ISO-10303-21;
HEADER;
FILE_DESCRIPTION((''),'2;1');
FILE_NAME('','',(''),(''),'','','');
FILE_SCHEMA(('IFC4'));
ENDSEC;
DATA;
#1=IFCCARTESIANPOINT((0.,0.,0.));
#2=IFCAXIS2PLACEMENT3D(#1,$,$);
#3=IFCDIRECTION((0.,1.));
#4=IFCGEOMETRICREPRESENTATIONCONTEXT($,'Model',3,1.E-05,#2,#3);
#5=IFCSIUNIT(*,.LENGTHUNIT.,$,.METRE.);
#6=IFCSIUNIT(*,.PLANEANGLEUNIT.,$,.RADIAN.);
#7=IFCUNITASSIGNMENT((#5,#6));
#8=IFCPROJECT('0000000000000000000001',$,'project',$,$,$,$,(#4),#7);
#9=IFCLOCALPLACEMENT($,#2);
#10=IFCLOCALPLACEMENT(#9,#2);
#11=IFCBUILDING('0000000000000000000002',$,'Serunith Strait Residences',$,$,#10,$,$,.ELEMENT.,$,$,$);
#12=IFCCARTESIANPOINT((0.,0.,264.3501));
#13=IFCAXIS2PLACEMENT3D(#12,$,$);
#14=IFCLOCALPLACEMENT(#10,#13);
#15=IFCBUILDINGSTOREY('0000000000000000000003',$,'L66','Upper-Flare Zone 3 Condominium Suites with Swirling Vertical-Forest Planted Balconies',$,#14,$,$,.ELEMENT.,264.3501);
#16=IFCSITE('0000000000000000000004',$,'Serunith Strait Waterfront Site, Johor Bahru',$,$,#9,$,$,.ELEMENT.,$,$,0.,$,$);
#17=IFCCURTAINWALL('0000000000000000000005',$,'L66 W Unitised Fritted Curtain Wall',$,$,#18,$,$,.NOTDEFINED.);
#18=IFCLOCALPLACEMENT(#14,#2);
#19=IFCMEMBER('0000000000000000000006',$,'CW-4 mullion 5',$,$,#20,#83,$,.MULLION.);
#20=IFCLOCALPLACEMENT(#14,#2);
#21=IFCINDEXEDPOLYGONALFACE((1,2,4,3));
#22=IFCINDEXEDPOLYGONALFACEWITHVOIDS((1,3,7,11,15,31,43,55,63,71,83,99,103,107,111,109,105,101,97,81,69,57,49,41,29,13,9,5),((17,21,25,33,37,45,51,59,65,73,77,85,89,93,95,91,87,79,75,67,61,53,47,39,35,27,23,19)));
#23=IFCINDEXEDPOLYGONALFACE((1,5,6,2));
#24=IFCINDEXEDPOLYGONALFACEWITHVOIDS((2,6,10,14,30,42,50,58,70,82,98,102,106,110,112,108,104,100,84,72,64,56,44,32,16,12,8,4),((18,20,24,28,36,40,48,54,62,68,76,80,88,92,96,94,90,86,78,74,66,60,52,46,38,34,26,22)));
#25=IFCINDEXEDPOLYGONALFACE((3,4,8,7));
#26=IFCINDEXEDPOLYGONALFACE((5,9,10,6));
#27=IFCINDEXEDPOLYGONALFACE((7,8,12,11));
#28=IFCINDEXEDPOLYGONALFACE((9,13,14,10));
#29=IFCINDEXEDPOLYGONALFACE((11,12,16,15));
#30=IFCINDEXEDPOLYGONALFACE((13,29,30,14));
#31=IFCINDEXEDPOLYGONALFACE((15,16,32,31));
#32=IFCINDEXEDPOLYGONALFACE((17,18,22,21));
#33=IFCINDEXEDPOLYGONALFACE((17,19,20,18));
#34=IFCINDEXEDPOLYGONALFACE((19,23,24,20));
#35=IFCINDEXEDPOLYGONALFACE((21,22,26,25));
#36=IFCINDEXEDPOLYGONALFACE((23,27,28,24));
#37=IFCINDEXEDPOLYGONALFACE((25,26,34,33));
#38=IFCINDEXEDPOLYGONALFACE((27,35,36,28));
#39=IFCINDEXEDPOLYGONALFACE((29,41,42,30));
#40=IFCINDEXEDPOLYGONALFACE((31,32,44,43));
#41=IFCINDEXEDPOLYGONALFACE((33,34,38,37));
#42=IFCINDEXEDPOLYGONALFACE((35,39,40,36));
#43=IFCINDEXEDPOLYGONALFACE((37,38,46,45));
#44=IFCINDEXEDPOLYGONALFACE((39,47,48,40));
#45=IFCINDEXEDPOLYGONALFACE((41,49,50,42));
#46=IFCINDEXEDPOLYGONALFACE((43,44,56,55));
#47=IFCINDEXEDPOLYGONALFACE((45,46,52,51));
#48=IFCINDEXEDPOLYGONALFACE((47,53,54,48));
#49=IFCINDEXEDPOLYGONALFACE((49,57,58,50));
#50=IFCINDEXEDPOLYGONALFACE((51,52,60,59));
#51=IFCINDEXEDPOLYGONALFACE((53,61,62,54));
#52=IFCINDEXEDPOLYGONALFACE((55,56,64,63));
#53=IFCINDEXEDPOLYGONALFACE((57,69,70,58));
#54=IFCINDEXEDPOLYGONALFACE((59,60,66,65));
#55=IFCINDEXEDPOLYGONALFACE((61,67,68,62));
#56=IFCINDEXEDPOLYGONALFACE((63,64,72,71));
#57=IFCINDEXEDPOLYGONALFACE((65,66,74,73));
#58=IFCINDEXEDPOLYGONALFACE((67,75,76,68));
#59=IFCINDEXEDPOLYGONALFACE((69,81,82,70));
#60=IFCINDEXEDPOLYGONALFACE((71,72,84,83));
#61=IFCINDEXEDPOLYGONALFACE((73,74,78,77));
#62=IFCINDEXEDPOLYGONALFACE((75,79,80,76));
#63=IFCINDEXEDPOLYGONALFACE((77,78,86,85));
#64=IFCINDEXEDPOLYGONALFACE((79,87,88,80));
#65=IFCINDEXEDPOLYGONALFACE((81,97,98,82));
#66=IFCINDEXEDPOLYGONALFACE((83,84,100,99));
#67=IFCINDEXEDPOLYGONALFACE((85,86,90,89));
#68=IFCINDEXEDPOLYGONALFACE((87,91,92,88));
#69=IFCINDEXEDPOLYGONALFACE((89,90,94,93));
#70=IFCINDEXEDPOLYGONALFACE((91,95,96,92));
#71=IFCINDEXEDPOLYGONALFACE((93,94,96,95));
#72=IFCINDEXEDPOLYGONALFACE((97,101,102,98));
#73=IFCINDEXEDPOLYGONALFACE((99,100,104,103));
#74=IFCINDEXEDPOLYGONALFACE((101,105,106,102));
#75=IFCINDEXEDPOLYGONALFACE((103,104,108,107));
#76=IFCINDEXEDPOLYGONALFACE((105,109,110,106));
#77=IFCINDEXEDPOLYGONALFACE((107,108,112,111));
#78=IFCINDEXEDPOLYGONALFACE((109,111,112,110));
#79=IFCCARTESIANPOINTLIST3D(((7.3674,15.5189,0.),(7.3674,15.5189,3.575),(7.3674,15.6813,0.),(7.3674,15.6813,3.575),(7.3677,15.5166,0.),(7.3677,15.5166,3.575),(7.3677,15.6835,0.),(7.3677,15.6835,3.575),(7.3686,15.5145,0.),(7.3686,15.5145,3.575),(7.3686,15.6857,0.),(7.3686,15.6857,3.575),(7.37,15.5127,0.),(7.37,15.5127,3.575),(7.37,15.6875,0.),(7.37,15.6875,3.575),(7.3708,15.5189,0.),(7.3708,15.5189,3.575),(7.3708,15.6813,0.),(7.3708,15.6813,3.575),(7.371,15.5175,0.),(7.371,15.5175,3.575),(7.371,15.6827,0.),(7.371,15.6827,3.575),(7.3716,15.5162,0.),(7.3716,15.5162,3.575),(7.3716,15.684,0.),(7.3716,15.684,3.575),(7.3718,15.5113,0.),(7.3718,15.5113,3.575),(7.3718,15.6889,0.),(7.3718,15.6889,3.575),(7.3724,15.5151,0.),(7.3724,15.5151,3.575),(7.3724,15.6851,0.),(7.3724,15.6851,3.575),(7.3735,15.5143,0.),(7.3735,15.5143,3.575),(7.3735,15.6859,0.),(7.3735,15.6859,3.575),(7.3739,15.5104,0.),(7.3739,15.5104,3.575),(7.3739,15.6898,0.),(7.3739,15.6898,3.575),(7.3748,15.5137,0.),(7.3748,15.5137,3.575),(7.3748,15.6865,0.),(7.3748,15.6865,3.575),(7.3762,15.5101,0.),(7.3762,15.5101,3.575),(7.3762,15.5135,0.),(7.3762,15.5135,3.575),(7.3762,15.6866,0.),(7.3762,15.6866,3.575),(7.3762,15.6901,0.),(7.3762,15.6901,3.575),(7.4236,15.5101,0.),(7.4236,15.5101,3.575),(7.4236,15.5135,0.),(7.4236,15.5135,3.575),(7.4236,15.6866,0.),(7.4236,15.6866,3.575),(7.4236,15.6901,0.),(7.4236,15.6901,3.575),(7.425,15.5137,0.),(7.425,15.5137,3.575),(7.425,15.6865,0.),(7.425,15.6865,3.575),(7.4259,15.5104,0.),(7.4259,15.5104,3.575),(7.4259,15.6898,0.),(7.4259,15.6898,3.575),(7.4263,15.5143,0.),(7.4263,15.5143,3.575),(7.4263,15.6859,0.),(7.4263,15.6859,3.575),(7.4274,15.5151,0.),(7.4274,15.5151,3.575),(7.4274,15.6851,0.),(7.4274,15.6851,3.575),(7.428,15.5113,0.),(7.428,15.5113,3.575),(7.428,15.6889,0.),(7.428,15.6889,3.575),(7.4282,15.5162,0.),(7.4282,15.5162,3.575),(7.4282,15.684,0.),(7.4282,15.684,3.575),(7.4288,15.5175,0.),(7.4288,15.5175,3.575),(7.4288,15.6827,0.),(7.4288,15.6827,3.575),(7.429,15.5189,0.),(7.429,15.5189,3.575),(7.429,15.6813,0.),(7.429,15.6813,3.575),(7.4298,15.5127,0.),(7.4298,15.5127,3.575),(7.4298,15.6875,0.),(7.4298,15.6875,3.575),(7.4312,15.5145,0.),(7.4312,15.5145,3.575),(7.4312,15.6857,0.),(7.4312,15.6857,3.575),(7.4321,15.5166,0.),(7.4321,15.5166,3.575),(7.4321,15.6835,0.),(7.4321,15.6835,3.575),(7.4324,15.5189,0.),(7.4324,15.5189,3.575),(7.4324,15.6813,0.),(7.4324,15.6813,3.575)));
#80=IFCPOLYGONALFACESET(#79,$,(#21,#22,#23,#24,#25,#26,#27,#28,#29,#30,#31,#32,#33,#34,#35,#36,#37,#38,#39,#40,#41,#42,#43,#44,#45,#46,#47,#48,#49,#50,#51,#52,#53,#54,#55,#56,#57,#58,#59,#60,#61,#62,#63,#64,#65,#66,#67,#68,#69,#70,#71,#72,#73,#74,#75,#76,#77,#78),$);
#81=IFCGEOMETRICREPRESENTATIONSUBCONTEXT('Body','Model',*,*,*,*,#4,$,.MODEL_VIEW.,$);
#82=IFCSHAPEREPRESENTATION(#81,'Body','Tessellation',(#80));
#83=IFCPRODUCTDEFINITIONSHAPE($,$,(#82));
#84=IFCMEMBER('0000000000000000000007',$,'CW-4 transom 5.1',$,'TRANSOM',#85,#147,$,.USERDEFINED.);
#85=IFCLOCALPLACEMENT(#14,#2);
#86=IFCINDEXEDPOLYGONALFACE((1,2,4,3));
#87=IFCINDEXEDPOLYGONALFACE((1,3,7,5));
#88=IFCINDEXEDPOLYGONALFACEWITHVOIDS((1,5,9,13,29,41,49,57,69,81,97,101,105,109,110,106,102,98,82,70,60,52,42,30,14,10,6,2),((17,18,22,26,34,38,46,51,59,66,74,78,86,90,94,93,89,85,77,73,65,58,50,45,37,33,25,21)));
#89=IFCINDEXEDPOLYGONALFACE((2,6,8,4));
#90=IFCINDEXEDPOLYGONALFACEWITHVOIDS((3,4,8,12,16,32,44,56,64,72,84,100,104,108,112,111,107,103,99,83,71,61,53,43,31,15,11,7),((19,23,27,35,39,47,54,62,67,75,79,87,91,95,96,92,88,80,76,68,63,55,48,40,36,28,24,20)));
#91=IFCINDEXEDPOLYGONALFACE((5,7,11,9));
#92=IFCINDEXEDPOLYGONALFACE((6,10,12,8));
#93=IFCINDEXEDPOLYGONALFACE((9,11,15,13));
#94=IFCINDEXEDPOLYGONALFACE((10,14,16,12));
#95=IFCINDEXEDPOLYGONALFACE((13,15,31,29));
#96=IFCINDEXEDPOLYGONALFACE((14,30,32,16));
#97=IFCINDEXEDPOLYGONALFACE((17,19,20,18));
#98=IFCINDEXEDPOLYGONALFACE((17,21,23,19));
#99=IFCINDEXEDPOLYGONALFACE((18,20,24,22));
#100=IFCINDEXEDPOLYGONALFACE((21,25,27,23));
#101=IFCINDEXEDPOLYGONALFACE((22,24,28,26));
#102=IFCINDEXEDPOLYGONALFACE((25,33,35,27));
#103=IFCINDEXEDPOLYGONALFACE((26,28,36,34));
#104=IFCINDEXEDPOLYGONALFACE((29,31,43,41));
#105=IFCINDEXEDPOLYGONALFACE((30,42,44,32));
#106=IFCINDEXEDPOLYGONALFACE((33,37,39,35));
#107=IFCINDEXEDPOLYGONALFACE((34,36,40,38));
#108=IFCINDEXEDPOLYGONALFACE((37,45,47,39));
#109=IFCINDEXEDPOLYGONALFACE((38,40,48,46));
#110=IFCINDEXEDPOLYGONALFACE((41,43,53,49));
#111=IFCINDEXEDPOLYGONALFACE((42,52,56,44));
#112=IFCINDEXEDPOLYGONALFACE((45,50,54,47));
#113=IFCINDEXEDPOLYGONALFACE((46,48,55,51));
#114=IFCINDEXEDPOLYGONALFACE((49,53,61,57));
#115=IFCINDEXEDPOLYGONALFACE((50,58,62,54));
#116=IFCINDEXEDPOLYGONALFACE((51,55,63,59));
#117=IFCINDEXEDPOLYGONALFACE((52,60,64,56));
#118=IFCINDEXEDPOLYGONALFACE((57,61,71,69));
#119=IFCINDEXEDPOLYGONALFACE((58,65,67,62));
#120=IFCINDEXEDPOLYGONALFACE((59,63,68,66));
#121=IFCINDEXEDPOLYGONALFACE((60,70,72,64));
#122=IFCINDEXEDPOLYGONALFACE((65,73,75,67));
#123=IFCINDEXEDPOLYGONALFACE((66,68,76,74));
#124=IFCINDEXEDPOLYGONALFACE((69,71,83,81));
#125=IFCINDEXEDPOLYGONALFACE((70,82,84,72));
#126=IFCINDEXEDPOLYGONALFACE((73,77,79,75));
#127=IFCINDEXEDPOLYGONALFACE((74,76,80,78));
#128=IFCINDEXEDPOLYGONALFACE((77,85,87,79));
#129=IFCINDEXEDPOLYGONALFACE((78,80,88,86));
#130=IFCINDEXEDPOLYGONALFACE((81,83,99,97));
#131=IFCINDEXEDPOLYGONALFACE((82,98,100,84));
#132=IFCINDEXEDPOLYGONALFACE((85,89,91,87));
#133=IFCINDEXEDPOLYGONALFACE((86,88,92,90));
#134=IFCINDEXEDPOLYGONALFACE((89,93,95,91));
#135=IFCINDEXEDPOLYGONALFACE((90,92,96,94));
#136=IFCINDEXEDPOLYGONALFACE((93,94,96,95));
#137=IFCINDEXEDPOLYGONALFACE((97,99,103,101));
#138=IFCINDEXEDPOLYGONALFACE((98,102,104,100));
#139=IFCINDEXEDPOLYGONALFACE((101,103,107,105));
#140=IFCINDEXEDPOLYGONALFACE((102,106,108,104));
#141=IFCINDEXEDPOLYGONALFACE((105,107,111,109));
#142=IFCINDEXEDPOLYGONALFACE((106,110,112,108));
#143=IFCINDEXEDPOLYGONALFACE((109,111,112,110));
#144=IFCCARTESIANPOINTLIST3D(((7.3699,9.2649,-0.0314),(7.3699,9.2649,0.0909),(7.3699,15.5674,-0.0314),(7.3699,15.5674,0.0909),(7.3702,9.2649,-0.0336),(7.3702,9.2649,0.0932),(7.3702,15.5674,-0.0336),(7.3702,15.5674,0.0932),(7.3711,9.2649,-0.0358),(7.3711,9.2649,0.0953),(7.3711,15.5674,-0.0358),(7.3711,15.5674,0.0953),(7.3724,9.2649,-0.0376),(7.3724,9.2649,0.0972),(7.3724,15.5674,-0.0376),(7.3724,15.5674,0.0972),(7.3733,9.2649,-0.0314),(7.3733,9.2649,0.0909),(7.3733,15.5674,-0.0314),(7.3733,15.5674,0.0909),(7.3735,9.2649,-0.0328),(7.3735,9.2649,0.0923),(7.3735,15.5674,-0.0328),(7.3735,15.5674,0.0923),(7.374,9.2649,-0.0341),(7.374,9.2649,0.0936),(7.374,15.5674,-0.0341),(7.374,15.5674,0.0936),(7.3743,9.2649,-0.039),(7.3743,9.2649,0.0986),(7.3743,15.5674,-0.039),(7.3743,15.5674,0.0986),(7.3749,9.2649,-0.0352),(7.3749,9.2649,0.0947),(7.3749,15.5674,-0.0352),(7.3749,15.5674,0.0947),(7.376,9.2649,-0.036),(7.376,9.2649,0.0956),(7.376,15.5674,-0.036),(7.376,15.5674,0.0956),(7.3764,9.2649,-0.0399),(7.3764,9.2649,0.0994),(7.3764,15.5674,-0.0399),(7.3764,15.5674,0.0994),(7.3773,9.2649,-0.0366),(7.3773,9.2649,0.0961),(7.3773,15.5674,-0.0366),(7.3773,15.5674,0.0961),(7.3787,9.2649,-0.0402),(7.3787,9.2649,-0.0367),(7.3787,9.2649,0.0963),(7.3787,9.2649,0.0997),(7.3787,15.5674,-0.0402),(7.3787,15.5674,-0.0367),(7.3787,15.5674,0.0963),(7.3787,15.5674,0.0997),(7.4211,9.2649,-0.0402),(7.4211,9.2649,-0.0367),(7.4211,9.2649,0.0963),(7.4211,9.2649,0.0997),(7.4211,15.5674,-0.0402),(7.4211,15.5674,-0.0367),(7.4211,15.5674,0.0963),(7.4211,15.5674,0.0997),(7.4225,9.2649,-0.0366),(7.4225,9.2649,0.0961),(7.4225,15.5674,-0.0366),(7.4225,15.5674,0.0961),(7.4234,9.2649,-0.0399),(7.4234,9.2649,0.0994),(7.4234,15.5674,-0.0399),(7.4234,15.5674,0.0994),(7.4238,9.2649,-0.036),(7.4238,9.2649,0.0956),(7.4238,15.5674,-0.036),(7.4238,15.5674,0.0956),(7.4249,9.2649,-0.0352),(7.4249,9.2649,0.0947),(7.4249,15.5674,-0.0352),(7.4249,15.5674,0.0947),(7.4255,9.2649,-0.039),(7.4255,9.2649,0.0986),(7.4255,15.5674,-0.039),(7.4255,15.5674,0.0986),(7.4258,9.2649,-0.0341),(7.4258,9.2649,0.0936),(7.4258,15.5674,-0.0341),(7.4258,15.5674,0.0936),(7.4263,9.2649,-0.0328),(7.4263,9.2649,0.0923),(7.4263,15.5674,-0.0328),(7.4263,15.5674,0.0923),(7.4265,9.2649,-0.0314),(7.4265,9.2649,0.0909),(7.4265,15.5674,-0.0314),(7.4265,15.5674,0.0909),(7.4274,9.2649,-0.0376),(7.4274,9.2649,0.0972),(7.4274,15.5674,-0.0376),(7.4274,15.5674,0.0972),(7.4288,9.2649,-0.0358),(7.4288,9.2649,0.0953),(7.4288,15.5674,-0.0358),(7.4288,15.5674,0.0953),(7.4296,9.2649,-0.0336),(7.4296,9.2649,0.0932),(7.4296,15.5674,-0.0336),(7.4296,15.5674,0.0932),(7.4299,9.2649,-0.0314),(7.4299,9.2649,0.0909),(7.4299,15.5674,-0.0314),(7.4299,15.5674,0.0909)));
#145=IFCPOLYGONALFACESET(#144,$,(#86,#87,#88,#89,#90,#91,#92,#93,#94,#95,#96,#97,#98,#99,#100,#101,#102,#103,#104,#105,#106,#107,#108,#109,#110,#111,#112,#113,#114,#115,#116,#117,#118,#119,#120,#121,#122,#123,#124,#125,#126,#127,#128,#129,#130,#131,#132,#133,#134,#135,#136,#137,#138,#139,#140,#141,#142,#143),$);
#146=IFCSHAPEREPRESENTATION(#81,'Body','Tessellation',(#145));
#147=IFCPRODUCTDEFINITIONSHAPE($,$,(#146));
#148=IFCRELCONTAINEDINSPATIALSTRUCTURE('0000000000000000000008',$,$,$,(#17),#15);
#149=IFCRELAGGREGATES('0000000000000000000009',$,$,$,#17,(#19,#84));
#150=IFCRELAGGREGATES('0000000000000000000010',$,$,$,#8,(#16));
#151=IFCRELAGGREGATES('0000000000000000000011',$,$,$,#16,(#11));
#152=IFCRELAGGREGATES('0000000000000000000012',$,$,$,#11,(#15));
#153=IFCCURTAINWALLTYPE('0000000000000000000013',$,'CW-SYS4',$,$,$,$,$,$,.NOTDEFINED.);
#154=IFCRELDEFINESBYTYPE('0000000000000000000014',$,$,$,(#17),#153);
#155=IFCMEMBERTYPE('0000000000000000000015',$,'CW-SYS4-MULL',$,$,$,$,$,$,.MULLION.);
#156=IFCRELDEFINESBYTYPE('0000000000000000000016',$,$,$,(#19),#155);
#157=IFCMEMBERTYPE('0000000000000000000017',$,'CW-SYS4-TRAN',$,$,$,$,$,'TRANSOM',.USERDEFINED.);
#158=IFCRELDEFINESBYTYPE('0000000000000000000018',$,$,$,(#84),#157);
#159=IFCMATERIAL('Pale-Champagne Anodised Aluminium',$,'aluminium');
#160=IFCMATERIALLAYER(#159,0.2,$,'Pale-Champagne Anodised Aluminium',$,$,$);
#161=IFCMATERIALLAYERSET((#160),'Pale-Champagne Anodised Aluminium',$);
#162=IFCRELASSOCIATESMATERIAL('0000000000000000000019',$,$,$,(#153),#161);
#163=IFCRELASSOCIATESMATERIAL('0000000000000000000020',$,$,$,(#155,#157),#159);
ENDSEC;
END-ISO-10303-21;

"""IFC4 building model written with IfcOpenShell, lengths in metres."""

from ifc_helpers import new_model, si_unit, direction, frame, origin, origin_2d, place, context, subcontext, project, spatial, hollow_rectangle, extrude, source, transform, mapped, material, layer, layer_set, material_profile, profile_set, type_object, element, aggregate, save


model = new_model("IFC4")

# Units and contexts
model_context = context("Model", 3, precision=1e-05, world=origin(), true_north=direction((0.0, 1.0)))
body_context = subcontext(model_context, "Body", "Model", "MODEL_VIEW")
ifc_project = project(units=[si_unit("LENGTHUNIT", "METRE"), si_unit("PLANEANGLEUNIT", "RADIAN")], contexts=[model_context])

# Site, building, storey
site_placement = place(None, origin())
site = spatial("IfcSite", under=ifc_project, at=site_placement, Name="Serunith Strait Waterfront Site, Johor Bahru", CompositionType="ELEMENT", RefElevation=0.0)
building_placement = place(site_placement, origin())
building = spatial("IfcBuilding", under=site, at=building_placement, Name="Serunith Strait Residences", CompositionType="ELEMENT")
storey_placement = place(building_placement, frame((0.0, 0.0, 264.3501)))
storey = spatial("IfcBuildingStorey", under=building, at=storey_placement, Name="L66", Description="Upper-Flare Zone 3 Condominium Suites with Swirling Vertical-Forest Planted Balconies", CompositionType="ELEMENT", Elevation=264.3501)

# Curtain wall, members
ifc_material_1 = material(Name="Pale-Champagne Anodised Aluminium", Category="aluminium")
ifc_layer_1 = layer(ifc_material_1, 0.2, Name="Pale-Champagne Anodised Aluminium")
ifc_layer_set_1 = layer_set([ifc_layer_1], Name="Pale-Champagne Anodised Aluminium")
curtain_wall_type = type_object("IfcCurtainWallType", Name="CW-SYS4", PredefinedType="NOTDEFINED", material=ifc_layer_set_1)
curtain_wall_placement = place(storey_placement, origin())
curtain_wall = element("IfcCurtainWall", 1, at=curtain_wall_placement, inside=storey, type_object=curtain_wall_type, Name="L66 W Unitised Fritted Curtain Wall", PredefinedType="NOTDEFINED")
ifc_material_profile_1 = material_profile(ifc_material_1, hollow_rectangle(XDim=0.0649, YDim=0.1799, WallThickness=0.0034, InnerFilletRadius=0.0054, OuterFilletRadius=0.0088, at=origin_2d()), Name="ALU 180x65x3.5")
ifc_profile_set_1 = profile_set([ifc_material_profile_1], Name="Pale-Champagne Anodised Aluminium")
member_type_1 = type_object("IfcMemberType", Name="CW-SYS4-MULL", PredefinedType="MULLION", material=ifc_profile_set_1)
shared_shape_1 = source(origin(), body_context, "Body", "SweptSolid", [
    extrude(hollow_rectangle(XDim=0.0649, YDim=0.1799, WallThickness=0.0034, InnerFilletRadius=0.0054, OuterFilletRadius=0.0088, at=origin_2d()), origin(), (0.0, 0.0, 1.0), 3.575),
])
member_1_placement = place(storey_placement, frame((7.3999, 15.6001, 0.0), z_axis=(0.0, 0.0, 1.0), x_axis=(1.0, 0.0, 0.0)))
member_1 = element("IfcMember", 2, at=member_1_placement, type_object=member_type_1, Name="CW-4 mullion 5", PredefinedType="MULLION", context=body_context, shape_type="MappedRepresentation", body=[
    mapped(shared_shape_1, transform((0.0, 0.0, 0.0), scale=1.0)),
])
ifc_material_profile_2 = material_profile(ifc_material_1, hollow_rectangle(XDim=0.0601, YDim=0.1399, WallThickness=0.0034, InnerFilletRadius=0.0054, OuterFilletRadius=0.0088, at=origin_2d()), Name="ALU 140x60x3.5")
ifc_profile_set_2 = profile_set([ifc_material_profile_2], Name="Pale-Champagne Anodised Aluminium")
member_type_2 = type_object("IfcMemberType", Name="CW-SYS4-TRAN", ElementType="TRANSOM", PredefinedType="USERDEFINED", material=ifc_profile_set_2)
shared_shape_2 = source(origin(), body_context, "Body", "SweptSolid", [
    extrude(hollow_rectangle(XDim=0.0601, YDim=0.1399, WallThickness=0.0034, InnerFilletRadius=0.0054, OuterFilletRadius=0.0088, at=origin_2d()), origin(), (0.0, 0.0, 1.0), 6.3025),
])
member_2_placement = place(storey_placement, frame((7.3999, 15.5674, 0.0298), z_axis=(0.0, -1.0, 0.0), x_axis=(1.0, 0.0, 0.0)))
member_2 = element("IfcMember", 3, at=member_2_placement, type_object=member_type_2, Name="CW-4 transom 5.1", ObjectType="TRANSOM", PredefinedType="USERDEFINED", context=body_context, shape_type="MappedRepresentation", body=[
    mapped(shared_shape_2, transform((0.0, 0.0, 0.0), scale=1.0)),
])
aggregate(curtain_wall, [member_1, member_2])

save(model, "model.ifc")
